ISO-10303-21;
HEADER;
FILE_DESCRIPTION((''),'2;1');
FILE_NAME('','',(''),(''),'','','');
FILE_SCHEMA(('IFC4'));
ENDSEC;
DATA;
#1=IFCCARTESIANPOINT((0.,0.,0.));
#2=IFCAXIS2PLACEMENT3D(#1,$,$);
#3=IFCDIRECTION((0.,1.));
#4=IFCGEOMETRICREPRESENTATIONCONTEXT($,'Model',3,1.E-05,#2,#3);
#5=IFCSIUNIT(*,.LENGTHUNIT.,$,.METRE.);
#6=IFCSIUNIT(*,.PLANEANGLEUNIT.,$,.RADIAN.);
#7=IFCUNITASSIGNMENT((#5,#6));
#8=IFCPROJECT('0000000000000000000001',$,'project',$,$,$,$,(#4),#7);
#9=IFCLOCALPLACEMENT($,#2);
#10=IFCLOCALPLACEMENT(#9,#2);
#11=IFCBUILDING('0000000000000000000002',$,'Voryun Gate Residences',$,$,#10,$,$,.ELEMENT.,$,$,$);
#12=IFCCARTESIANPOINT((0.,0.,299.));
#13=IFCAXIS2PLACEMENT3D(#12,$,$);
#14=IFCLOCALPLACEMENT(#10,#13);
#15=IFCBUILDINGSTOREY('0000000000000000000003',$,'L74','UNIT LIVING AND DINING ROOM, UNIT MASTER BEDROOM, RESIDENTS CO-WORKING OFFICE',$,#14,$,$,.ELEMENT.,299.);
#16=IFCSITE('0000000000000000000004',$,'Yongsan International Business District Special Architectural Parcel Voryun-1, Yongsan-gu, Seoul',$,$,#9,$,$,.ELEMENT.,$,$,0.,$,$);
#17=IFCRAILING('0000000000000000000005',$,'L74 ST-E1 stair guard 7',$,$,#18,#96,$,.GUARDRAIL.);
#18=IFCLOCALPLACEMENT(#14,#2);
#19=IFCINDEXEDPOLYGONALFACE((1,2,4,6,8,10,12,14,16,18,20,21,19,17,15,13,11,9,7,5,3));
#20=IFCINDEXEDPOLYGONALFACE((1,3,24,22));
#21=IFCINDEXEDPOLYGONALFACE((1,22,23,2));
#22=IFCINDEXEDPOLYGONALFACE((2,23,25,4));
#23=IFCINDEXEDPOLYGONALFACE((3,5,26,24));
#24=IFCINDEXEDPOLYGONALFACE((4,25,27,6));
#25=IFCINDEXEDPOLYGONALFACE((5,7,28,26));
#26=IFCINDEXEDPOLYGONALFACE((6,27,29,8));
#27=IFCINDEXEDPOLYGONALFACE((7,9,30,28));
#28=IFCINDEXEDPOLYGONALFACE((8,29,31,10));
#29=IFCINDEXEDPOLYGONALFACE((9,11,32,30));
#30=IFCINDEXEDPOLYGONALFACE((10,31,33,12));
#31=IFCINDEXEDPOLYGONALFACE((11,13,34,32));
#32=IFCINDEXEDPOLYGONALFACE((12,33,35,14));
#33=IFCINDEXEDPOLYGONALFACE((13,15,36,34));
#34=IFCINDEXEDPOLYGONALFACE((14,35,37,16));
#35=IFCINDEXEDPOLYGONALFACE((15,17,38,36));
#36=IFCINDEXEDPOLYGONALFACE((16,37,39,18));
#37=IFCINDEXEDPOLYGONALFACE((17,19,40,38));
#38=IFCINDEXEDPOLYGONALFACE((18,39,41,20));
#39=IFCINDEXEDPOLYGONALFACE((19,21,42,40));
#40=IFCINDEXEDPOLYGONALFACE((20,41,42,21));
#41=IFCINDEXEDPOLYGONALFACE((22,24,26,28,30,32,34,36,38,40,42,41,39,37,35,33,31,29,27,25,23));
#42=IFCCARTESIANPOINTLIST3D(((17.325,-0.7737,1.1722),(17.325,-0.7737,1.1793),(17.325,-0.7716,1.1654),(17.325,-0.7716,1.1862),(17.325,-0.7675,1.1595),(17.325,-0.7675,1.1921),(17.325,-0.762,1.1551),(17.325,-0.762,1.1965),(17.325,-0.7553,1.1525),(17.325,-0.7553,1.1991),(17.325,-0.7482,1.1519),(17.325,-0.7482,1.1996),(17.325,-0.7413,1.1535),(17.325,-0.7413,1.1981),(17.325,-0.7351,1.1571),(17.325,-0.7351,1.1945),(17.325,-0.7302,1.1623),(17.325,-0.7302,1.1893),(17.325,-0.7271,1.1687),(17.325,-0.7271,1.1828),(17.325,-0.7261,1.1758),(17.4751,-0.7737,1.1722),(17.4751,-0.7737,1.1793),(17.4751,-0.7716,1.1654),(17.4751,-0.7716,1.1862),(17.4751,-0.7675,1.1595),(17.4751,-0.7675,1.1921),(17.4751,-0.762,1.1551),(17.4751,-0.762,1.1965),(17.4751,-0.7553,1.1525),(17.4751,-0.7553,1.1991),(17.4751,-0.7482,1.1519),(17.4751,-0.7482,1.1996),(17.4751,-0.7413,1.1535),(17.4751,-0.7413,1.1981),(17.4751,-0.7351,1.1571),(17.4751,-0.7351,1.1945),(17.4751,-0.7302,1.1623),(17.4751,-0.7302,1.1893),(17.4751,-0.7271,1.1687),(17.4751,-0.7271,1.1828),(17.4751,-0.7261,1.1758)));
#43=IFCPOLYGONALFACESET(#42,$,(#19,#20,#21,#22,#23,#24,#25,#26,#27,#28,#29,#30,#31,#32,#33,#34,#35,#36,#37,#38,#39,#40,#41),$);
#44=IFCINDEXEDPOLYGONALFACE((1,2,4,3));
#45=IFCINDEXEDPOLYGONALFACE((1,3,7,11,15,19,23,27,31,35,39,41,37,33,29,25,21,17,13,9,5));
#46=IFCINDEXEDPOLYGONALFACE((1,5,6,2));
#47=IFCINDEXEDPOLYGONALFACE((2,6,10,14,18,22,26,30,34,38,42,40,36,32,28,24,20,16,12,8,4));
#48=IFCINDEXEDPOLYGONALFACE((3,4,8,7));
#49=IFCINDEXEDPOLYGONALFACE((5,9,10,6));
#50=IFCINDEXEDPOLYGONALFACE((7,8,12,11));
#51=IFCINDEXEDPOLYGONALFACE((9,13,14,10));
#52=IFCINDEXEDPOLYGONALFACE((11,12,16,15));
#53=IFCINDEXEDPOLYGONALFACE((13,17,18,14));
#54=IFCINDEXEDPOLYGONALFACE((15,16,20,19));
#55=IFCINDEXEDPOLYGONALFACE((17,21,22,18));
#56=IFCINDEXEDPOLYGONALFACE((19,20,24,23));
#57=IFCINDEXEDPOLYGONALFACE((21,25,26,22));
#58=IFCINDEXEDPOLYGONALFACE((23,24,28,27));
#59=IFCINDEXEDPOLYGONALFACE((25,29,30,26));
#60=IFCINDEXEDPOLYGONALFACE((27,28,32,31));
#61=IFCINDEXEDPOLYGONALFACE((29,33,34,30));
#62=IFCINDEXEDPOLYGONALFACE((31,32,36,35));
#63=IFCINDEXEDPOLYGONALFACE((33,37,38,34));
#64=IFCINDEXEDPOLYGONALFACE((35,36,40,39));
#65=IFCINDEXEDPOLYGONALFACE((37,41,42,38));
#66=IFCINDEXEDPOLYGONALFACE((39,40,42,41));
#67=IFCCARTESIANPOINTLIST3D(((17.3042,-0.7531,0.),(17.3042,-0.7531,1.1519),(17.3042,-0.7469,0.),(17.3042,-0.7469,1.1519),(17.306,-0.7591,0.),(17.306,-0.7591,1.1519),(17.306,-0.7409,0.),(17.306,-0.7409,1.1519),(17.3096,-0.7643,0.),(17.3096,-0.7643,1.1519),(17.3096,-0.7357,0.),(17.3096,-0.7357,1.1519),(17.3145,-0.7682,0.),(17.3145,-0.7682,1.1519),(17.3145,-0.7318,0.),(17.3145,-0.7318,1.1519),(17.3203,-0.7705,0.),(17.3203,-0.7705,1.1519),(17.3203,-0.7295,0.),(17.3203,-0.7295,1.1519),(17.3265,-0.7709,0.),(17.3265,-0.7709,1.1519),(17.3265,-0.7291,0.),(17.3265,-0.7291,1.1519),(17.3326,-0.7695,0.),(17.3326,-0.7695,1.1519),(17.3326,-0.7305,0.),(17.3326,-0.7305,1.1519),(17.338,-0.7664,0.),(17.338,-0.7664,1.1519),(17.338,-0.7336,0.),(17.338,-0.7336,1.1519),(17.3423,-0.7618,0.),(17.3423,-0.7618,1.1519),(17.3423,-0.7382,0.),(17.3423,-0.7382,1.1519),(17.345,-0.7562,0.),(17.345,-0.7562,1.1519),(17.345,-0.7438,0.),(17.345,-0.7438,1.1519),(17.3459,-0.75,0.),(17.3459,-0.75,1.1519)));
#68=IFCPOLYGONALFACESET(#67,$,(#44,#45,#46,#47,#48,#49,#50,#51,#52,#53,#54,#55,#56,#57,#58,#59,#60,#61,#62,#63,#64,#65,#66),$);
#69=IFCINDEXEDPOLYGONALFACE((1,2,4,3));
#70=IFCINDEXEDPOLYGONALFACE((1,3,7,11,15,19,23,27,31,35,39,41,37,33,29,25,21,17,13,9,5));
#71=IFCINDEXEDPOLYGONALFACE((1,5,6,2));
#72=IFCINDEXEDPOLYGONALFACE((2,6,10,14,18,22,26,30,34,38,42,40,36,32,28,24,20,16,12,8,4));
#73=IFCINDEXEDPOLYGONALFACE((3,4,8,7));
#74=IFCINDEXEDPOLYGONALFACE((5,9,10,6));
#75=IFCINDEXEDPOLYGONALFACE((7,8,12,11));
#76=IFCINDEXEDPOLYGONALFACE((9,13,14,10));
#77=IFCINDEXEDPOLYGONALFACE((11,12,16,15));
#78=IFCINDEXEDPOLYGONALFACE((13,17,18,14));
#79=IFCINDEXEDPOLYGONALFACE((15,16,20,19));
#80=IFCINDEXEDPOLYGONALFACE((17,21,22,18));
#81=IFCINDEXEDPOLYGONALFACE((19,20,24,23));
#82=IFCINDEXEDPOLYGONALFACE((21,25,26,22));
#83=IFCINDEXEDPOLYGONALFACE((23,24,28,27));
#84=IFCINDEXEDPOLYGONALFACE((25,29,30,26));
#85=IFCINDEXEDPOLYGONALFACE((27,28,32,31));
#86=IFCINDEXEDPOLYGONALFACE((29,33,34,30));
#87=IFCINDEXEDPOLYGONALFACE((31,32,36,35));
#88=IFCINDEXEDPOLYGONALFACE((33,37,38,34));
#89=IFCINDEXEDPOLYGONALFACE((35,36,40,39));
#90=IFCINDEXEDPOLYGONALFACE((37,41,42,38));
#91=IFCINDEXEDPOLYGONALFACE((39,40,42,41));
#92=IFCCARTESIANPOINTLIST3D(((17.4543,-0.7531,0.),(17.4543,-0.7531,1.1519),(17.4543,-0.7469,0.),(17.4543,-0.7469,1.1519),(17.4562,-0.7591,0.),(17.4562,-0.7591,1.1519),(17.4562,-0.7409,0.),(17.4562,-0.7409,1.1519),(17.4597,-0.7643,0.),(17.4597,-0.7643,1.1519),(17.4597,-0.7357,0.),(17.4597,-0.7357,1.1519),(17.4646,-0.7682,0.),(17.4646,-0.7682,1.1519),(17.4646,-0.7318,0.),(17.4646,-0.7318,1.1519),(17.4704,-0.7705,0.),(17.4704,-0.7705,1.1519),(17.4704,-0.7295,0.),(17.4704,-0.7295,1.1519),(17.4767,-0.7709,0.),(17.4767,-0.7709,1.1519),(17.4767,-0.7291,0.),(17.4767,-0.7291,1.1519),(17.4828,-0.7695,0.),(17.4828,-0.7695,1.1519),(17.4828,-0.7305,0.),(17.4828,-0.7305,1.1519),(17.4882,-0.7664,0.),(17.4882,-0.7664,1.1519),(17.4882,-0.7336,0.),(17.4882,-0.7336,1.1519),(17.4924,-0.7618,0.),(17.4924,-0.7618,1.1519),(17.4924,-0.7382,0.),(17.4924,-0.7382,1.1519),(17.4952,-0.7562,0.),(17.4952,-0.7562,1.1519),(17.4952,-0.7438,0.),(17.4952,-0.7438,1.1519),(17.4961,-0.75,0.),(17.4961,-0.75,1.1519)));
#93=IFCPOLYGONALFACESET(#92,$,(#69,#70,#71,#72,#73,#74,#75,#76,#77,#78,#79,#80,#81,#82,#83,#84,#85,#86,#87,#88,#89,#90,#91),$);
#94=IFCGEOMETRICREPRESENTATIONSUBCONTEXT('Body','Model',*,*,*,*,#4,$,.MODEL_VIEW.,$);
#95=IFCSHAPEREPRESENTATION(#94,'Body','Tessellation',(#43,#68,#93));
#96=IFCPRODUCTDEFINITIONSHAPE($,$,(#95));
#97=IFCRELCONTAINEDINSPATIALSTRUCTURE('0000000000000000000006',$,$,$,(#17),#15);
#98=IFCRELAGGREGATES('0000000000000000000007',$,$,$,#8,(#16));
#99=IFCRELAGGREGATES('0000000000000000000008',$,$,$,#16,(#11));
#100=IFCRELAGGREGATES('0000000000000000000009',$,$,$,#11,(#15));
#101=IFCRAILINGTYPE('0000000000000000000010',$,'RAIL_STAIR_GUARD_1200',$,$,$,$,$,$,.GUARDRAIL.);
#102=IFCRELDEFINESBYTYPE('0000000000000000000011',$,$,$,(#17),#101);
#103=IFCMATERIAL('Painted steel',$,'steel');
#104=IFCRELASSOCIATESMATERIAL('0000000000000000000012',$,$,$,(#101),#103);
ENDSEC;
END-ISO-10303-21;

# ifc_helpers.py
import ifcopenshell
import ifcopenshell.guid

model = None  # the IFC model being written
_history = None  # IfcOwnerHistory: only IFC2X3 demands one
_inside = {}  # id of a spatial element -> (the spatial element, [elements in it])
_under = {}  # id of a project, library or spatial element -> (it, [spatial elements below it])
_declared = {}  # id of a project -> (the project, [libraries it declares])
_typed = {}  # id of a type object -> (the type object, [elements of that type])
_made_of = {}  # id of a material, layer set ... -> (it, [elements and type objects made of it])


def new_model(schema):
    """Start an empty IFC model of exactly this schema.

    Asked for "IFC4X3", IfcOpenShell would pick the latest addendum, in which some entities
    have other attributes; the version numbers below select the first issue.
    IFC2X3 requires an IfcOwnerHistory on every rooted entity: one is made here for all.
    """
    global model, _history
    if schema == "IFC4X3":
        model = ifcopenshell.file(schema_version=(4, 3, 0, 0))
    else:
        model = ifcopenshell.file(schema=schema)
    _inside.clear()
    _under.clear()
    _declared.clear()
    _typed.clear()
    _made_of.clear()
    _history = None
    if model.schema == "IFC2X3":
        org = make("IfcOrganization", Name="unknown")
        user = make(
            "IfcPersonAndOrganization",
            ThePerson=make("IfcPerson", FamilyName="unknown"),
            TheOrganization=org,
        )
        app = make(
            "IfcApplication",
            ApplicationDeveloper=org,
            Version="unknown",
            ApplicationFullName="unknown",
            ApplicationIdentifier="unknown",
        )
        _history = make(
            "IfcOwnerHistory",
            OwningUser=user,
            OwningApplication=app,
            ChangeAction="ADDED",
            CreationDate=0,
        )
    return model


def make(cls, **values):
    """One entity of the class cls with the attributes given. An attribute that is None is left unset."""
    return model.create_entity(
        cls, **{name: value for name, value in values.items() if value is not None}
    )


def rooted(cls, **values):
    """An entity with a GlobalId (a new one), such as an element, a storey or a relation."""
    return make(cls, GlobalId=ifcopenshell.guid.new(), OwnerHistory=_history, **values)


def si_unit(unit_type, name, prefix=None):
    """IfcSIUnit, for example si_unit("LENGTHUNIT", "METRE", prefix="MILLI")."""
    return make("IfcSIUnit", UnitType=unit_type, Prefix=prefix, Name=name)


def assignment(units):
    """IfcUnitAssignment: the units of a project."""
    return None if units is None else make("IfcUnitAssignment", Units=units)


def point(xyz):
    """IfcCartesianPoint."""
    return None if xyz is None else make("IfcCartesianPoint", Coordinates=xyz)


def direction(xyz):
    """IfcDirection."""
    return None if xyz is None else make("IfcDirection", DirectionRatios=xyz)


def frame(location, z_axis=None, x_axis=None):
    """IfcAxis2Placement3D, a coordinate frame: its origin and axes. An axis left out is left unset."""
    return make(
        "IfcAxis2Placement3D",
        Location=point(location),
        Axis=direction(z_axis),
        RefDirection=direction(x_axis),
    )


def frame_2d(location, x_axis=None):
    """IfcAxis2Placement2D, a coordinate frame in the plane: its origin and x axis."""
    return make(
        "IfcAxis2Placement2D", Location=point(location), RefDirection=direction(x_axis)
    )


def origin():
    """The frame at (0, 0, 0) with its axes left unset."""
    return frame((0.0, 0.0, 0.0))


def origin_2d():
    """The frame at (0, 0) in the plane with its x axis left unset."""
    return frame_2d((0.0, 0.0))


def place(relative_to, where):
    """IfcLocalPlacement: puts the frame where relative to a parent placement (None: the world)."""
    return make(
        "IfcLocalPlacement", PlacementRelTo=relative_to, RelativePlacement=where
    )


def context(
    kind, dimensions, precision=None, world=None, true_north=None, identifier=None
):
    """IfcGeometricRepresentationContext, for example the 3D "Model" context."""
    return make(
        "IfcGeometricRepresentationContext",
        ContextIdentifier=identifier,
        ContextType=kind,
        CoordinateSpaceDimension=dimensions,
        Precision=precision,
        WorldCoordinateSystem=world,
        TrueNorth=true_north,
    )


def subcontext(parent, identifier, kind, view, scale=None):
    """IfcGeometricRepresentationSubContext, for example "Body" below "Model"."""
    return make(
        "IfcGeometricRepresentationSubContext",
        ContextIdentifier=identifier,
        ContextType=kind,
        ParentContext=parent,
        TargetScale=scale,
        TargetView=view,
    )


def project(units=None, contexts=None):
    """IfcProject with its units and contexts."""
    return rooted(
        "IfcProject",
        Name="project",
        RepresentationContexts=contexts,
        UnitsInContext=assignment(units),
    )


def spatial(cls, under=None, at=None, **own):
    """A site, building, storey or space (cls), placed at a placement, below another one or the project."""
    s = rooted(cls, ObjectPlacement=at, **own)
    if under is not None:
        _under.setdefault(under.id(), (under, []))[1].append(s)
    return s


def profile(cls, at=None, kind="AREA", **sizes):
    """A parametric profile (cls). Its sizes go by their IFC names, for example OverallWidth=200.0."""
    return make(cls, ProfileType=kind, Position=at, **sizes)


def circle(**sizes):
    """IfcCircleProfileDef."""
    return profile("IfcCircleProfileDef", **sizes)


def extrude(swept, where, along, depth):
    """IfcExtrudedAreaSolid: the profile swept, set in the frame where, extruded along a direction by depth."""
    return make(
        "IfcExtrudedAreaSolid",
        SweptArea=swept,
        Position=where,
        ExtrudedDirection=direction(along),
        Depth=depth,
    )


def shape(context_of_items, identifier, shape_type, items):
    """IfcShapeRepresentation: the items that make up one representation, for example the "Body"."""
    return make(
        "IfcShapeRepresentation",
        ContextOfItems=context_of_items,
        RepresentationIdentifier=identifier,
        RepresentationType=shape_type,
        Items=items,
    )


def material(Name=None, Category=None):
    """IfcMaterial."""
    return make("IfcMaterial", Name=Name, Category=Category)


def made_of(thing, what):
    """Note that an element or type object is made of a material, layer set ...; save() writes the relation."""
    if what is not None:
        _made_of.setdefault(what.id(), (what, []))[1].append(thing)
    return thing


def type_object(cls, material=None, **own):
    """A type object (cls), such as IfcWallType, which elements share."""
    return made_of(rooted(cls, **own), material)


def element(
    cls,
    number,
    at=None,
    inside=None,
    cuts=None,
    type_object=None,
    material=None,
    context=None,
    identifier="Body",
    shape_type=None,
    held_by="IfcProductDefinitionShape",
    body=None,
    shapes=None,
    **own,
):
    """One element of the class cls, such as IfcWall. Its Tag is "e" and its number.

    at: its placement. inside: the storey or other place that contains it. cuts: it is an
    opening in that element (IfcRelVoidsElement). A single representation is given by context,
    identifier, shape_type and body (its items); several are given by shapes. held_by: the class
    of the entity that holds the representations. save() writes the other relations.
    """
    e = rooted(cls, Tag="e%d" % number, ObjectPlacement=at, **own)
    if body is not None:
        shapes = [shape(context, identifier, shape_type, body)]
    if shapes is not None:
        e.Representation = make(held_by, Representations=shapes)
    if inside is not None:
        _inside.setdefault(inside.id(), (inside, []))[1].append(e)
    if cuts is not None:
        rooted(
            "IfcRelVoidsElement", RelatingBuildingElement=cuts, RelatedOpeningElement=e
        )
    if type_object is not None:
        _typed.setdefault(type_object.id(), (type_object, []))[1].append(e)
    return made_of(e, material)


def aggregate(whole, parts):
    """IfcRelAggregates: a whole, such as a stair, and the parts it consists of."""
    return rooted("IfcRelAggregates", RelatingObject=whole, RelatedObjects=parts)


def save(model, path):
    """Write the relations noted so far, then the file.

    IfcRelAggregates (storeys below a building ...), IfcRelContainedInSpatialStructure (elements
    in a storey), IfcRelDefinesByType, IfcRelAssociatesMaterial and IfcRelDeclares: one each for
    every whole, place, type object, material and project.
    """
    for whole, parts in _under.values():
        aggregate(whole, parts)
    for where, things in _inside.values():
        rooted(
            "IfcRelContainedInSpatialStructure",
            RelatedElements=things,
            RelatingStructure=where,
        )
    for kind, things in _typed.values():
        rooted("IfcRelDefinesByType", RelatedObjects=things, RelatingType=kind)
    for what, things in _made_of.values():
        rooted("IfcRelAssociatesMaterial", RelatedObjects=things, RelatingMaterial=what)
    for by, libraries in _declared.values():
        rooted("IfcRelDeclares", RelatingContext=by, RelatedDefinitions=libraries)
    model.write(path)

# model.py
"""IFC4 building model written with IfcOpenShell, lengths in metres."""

from ifc_helpers import new_model, si_unit, direction, frame, origin, origin_2d, place, context, subcontext, project, spatial, circle, extrude, material, type_object, element, save


model = new_model("IFC4")

# Units and contexts
model_context = context("Model", 3, precision=1e-05, world=origin(), true_north=direction((0.0, 1.0)))
body_context = subcontext(model_context, "Body", "Model", "MODEL_VIEW")
ifc_project = project(units=[si_unit("LENGTHUNIT", "METRE"), si_unit("PLANEANGLEUNIT", "RADIAN")], contexts=[model_context])

# Site, building, storey
site_placement = place(None, origin())
site = spatial("IfcSite", under=ifc_project, at=site_placement, Name="Yongsan International Business District Special Architectural Parcel Voryun-1, Yongsan-gu, Seoul", CompositionType="ELEMENT", RefElevation=0.0)
building_placement = place(site_placement, origin())
building = spatial("IfcBuilding", under=site, at=building_placement, Name="Voryun Gate Residences", CompositionType="ELEMENT")
storey_placement = place(building_placement, frame((0.0, 0.0, 299.0)))
storey = spatial("IfcBuildingStorey", under=building, at=storey_placement, Name="L74", Description="UNIT LIVING AND DINING ROOM, UNIT MASTER BEDROOM, RESIDENTS CO-WORKING OFFICE", CompositionType="ELEMENT", Elevation=299.0)

# Railing
ifc_material_1 = material(Name="Painted steel", Category="steel")
railing_type_1 = type_object("IfcRailingType", Name="RAIL_STAIR_GUARD_1200", PredefinedType="GUARDRAIL", material=ifc_material_1)
railing_1_placement = place(storey_placement, frame((17.325, -0.75, 0.0)))
element("IfcRailing", 1, at=railing_1_placement, inside=storey, type_object=railing_type_1, Name="L74 ST-E1 stair guard 7", PredefinedType="GUARDRAIL", context=body_context, shape_type="SweptSolid", body=[
    extrude(circle(Radius=0.0239, at=origin_2d()), frame((0.0, 0.0, 1.1758), z_axis=(1.0, 0.0, 0.0), x_axis=(0.0, 1.0, 0.0)), (0.0, 0.0, 1.0), 0.1501),
    extrude(circle(Radius=0.021, at=origin_2d()), origin(), (0.0, 0.0, 1.0), 1.1519),
    extrude(circle(Radius=0.021, at=origin_2d()), frame((0.1501, 0.0, 0.0)), (0.0, 0.0, 1.0), 1.1519),
])

save(model, "model.ifc")
